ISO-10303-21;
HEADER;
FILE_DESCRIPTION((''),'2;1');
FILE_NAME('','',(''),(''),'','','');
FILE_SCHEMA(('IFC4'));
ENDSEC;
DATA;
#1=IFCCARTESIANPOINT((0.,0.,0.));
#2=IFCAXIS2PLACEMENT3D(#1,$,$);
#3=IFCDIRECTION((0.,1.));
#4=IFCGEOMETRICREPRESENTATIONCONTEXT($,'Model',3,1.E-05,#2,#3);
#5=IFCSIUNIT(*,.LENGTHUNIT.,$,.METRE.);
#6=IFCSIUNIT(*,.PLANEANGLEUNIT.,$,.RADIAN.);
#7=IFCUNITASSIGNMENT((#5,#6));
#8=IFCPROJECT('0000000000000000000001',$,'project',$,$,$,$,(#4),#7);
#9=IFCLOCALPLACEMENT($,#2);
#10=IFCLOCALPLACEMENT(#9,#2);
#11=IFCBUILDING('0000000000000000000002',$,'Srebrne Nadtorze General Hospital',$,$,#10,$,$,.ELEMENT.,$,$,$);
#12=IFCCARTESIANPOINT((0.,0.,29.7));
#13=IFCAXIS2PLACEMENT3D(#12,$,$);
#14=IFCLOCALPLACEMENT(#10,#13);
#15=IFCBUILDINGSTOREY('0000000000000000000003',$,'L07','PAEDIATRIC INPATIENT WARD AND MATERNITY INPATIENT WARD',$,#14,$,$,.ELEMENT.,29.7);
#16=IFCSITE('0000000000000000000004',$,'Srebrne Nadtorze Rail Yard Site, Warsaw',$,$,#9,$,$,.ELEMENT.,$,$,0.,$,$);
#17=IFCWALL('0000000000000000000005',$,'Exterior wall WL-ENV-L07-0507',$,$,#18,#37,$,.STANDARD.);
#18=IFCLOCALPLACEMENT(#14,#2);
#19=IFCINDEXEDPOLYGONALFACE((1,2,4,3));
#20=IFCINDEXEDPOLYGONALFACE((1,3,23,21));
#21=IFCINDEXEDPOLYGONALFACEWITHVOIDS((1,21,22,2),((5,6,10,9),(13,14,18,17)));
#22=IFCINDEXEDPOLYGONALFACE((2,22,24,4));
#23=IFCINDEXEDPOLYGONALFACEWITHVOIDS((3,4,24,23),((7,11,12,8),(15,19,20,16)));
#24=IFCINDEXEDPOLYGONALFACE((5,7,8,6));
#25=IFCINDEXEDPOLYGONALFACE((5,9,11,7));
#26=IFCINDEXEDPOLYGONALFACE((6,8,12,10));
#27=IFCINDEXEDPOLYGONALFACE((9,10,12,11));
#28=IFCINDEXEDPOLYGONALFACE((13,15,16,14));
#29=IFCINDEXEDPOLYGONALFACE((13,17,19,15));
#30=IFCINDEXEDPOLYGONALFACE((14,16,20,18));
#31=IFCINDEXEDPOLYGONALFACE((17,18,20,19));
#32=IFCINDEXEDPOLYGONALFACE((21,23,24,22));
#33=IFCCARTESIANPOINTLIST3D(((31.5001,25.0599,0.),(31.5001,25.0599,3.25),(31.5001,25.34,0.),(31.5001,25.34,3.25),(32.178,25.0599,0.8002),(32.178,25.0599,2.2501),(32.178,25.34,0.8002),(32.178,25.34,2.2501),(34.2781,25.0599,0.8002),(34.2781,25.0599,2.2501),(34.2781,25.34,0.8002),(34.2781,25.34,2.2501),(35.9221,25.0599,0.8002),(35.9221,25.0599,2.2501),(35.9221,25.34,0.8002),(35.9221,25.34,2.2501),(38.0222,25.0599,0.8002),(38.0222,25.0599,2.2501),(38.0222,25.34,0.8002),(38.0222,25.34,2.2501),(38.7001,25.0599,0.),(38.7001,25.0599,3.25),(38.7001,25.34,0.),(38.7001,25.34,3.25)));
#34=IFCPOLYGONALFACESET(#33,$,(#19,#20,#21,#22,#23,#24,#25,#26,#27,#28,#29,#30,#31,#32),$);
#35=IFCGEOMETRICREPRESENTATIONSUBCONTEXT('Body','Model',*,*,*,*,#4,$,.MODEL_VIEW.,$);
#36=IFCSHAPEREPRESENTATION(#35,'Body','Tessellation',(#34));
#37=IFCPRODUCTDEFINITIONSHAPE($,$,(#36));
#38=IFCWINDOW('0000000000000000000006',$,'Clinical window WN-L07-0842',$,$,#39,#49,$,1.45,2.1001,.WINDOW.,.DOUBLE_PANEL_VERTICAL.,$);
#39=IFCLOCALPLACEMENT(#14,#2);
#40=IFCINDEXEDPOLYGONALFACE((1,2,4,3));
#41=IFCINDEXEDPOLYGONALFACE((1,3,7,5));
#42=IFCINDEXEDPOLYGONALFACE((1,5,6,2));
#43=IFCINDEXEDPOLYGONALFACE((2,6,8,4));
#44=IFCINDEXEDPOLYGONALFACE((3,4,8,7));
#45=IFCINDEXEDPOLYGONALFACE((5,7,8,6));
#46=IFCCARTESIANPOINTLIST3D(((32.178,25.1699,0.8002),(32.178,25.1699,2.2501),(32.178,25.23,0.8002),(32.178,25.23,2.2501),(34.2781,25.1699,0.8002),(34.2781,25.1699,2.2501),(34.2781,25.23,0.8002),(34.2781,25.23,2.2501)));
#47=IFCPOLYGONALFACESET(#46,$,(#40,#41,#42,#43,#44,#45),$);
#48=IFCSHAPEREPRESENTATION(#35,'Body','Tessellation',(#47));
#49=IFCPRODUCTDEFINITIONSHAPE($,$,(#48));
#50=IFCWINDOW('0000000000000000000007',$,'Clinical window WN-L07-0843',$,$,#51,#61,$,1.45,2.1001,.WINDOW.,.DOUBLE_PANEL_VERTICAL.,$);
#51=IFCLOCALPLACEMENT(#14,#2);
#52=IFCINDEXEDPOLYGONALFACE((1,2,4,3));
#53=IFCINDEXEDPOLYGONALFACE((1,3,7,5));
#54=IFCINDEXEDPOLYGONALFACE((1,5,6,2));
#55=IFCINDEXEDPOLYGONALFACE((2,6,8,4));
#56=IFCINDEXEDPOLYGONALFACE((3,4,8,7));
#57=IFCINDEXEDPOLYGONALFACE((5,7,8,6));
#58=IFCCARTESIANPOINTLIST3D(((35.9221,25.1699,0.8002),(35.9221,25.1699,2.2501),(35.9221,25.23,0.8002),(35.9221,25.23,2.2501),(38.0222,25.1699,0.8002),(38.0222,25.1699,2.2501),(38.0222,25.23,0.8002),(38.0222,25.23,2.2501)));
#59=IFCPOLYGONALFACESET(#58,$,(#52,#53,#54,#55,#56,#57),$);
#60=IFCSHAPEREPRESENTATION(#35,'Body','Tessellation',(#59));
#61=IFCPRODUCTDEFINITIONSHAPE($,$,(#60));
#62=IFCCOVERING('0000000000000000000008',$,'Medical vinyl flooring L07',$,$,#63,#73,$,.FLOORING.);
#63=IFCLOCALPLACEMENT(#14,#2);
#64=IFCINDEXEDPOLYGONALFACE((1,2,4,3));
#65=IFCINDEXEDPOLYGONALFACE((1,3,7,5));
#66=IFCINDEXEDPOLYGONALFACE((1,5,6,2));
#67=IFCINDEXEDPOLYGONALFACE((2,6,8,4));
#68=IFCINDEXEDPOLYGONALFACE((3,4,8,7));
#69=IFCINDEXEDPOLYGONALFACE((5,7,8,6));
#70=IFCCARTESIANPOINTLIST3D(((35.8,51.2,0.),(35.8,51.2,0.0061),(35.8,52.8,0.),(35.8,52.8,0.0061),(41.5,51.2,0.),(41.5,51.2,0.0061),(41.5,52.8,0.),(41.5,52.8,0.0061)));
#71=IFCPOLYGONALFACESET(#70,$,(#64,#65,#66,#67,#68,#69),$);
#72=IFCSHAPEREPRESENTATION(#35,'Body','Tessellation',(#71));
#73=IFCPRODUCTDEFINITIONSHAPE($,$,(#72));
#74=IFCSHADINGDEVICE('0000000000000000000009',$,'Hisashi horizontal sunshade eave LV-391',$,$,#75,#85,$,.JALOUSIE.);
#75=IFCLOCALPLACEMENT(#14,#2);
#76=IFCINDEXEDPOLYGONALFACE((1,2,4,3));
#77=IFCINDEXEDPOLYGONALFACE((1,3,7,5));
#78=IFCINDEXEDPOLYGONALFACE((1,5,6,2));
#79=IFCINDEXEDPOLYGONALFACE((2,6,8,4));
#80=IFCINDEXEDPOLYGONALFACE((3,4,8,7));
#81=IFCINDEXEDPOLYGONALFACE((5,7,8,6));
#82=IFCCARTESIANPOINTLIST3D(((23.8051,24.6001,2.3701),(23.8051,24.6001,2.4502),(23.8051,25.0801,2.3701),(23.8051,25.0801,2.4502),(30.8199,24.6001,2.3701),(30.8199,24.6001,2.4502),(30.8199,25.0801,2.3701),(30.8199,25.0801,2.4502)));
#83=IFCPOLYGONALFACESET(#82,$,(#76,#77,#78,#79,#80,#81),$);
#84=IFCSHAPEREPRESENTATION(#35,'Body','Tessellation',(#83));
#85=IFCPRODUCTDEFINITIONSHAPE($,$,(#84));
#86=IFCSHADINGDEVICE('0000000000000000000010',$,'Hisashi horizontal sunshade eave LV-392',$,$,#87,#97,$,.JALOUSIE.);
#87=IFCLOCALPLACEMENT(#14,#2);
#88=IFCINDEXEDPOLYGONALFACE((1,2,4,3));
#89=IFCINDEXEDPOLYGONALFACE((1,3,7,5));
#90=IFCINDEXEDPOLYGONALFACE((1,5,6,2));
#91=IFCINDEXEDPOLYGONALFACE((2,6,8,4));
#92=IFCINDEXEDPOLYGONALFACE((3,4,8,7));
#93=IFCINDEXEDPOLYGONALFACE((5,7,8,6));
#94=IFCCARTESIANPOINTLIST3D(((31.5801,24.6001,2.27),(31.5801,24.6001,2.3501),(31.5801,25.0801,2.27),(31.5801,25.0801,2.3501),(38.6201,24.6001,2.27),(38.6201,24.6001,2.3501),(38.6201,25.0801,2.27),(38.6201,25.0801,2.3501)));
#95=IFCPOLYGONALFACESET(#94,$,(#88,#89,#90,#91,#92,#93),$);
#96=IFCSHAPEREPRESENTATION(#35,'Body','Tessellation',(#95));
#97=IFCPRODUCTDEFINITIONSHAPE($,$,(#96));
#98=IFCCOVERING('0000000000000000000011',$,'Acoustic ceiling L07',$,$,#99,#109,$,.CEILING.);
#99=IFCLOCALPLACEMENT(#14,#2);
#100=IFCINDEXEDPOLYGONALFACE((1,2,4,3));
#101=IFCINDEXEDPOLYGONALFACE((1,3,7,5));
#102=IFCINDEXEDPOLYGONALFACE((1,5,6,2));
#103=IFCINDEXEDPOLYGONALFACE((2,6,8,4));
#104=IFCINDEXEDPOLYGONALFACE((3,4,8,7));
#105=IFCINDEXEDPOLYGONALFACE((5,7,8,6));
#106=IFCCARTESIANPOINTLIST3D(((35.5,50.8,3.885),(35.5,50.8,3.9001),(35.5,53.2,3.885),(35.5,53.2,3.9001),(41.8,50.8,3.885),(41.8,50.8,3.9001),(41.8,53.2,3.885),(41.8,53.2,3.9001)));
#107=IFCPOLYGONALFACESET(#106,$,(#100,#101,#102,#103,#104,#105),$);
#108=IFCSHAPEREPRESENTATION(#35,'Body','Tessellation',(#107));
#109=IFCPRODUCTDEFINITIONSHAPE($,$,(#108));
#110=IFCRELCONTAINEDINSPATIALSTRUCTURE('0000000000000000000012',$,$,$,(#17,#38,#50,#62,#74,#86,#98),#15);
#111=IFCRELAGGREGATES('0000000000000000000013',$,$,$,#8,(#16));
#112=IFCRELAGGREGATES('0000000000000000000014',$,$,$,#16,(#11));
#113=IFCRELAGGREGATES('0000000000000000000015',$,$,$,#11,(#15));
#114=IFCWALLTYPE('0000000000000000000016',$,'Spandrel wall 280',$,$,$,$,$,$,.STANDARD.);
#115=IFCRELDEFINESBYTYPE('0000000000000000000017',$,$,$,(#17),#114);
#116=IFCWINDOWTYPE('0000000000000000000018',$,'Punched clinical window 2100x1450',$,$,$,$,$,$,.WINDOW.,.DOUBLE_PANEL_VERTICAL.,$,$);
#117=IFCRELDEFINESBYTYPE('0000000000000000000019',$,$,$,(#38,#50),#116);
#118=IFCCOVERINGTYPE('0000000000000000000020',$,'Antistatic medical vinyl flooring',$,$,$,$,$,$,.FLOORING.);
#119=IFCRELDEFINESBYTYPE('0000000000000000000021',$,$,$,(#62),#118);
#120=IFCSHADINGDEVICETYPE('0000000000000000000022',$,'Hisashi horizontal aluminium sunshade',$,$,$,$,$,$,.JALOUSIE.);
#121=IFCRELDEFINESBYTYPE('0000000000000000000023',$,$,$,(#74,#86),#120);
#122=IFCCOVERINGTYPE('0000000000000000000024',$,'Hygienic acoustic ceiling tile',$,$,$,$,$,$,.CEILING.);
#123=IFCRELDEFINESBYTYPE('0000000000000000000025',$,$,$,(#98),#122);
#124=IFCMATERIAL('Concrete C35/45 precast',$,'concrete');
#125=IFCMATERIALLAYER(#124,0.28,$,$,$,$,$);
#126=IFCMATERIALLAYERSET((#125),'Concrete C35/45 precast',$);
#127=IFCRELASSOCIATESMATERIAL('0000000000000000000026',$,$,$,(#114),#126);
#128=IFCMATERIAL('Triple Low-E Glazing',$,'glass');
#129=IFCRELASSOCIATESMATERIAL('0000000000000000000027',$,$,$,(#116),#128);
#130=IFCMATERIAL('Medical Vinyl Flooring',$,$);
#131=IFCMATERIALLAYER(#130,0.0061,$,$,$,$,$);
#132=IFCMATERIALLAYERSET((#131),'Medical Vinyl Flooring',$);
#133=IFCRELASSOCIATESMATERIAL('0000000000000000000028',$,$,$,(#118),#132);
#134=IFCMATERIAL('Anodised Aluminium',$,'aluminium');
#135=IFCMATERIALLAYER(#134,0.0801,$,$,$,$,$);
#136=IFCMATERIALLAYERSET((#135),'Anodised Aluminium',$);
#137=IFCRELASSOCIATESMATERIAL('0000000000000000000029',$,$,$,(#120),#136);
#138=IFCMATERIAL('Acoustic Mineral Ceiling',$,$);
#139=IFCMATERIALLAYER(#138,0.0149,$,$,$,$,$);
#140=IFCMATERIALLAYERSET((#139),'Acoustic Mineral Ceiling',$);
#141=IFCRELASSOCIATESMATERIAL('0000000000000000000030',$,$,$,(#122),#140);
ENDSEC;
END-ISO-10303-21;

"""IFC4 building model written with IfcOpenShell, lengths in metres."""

from ifc_helpers import new_model, si_unit, direction, frame, frame_2d, origin, origin_2d, place, context, subcontext, project, spatial, polyline, rectangle, outline, extrude, material, layer, layer_set, type_object, element, fill, save


model = new_model("IFC4")

# Units and contexts
model_context = context("Model", 3, precision=1e-05, world=origin(), true_north=direction((0.0, 1.0)))
body_context = subcontext(model_context, "Body", "Model", "MODEL_VIEW")
ifc_project = project(units=[si_unit("LENGTHUNIT", "METRE"), si_unit("PLANEANGLEUNIT", "RADIAN")], contexts=[model_context])

# Site, building, storey
site_placement = place(None, origin())
site = spatial("IfcSite", under=ifc_project, at=site_placement, Name="Srebrne Nadtorze Rail Yard Site, Warsaw", CompositionType="ELEMENT", RefElevation=0.0)
building_placement = place(site_placement, origin())
building = spatial("IfcBuilding", under=site, at=building_placement, Name="Srebrne Nadtorze General Hospital", CompositionType="ELEMENT")
storey_placement = place(building_placement, frame((0.0, 0.0, 29.7)))
storey = spatial("IfcBuildingStorey", under=building, at=storey_placement, Name="L07", Description="PAEDIATRIC INPATIENT WARD AND MATERNITY INPATIENT WARD", CompositionType="ELEMENT", Elevation=29.7)

# Wall, openings, windows
ifc_material_1 = material(Name="Concrete C35/45 precast", Category="concrete")
ifc_layer_1 = layer(ifc_material_1, 0.28)
ifc_layer_set_1 = layer_set([ifc_layer_1], Name="Concrete C35/45 precast")
wall_type = type_object("IfcWallType", Name="Spandrel wall 280", PredefinedType="STANDARD", material=ifc_layer_set_1)
wall_1_placement = place(storey_placement, frame((31.5, 25.2, 0.0), z_axis=(0.0, 0.0, 1.0), x_axis=(1.0, 0.0, 0.0)))
wall_1 = element("IfcWall", 1, at=wall_1_placement, inside=storey, type_object=wall_type, Name="Exterior wall WL-ENV-L07-0507", PredefinedType="STANDARD", context=body_context, shape_type="SweptSolid", body=[
    extrude(rectangle(XDim=7.2, YDim=0.28, at=frame_2d((3.6001, 0.0))), origin(), (0.0, 0.0, 1.0), 3.25),
])
opening_1_placement = place(wall_1_placement, frame((0.678, 0.0, 0.8)))
opening_1 = element("IfcOpeningElement", 2, at=opening_1_placement, cuts=wall_1, PredefinedType="OPENING", context=body_context, shape_type="SweptSolid", body=[
    extrude(rectangle(XDim=2.1001, YDim=1.45, at=frame_2d((1.05, 0.7251))), frame((0.0, 0.1519, 0.0), z_axis=(0.0, -1.0, 0.0), x_axis=(1.0, 0.0, 0.0)), (0.0, 0.0, 1.0), 0.304),
])
opening_2_placement = place(wall_1_placement, frame((4.4221, 0.0, 0.8)))
opening_2 = element("IfcOpeningElement", 3, at=opening_2_placement, cuts=wall_1, PredefinedType="OPENING", context=body_context, shape_type="SweptSolid", body=[
    extrude(rectangle(XDim=2.1001, YDim=1.45, at=frame_2d((1.05, 0.7251))), frame((0.0, 0.1519, 0.0), z_axis=(0.0, -1.0, 0.0), x_axis=(1.0, 0.0, 0.0)), (0.0, 0.0, 1.0), 0.304),
])
ifc_material_2 = material(Name="Triple Low-E Glazing", Category="glass")
window_type_1 = type_object("IfcWindowType", Name="Punched clinical window 2100x1450", PartitioningType="DOUBLE_PANEL_VERTICAL", PredefinedType="WINDOW", material=ifc_material_2)
window_1_placement = place(opening_1_placement, origin())
window_1 = element("IfcWindow", 4, at=window_1_placement, inside=storey, type_object=window_type_1, Name="Clinical window WN-L07-0842", OverallHeight=1.45, OverallWidth=2.1001, PartitioningType="DOUBLE_PANEL_VERTICAL", PredefinedType="WINDOW", context=body_context, shape_type="SweptSolid", body=[
    extrude(rectangle(XDim=2.1001, YDim=1.45, at=frame_2d((1.05, 0.7251))), frame((0.0, 0.03, 0.0), z_axis=(0.0, -1.0, 0.0), x_axis=(1.0, 0.0, 0.0)), (0.0, 0.0, 1.0), 0.0601),
])
fill(opening_1, window_1)
window_2_placement = place(opening_2_placement, origin())
window_2 = element("IfcWindow", 5, at=window_2_placement, inside=storey, type_object=window_type_1, Name="Clinical window WN-L07-0843", OverallHeight=1.45, OverallWidth=2.1001, PartitioningType="DOUBLE_PANEL_VERTICAL", PredefinedType="WINDOW", context=body_context, shape_type="SweptSolid", body=[
    extrude(rectangle(XDim=2.1001, YDim=1.45, at=frame_2d((1.05, 0.7251))), frame((0.0, 0.03, 0.0), z_axis=(0.0, -1.0, 0.0), x_axis=(1.0, 0.0, 0.0)), (0.0, 0.0, 1.0), 0.0601),
])
fill(opening_2, window_2)

# Covering
ifc_material_3 = material(Name="Medical Vinyl Flooring")
ifc_layer_2 = layer(ifc_material_3, 0.0061)
ifc_layer_set_2 = layer_set([ifc_layer_2], Name="Medical Vinyl Flooring")
covering_type_1 = type_object("IfcCoveringType", Name="Antistatic medical vinyl flooring", PredefinedType="FLOORING", material=ifc_layer_set_2)
covering_1_placement = place(storey_placement, origin())
element("IfcCovering", 6, at=covering_1_placement, inside=storey, type_object=covering_type_1, Name="Medical vinyl flooring L07", PredefinedType="FLOORING", context=body_context, shape_type="SweptSolid", body=[
    extrude(outline(polyline([(35.8, 51.2), (41.5, 51.2), (41.5, 52.8), (35.8, 52.8), (35.8, 51.2)])), origin(), (0.0, 0.0, 1.0), 0.0061),
])

# Shading devices
ifc_material_4 = material(Name="Anodised Aluminium", Category="aluminium")
ifc_layer_3 = layer(ifc_material_4, 0.0801)
ifc_layer_set_3 = layer_set([ifc_layer_3], Name="Anodised Aluminium")
shading_device_type = type_object("IfcShadingDeviceType", Name="Hisashi horizontal aluminium sunshade", PredefinedType="JALOUSIE", material=ifc_layer_set_3)
shading_device_1_placement = place(storey_placement, frame((27.3125, 24.8401, 2.3701), z_axis=(0.0, 0.0, 1.0), x_axis=(1.0, 0.0, 0.0)))
element("IfcShadingDevice", 7, at=shading_device_1_placement, inside=storey, type_object=shading_device_type, Name="Hisashi horizontal sunshade eave LV-391", PredefinedType="JALOUSIE", context=body_context, shape_type="SweptSolid", body=[
    extrude(rectangle(XDim=7.0149, YDim=0.48, at=origin_2d()), origin(), (0.0, 0.0, 1.0), 0.0801),
])
shading_device_2_placement = place(storey_placement, frame((35.1001, 24.8401, 2.27), z_axis=(0.0, 0.0, 1.0), x_axis=(1.0, 0.0, 0.0)))
element("IfcShadingDevice", 8, at=shading_device_2_placement, inside=storey, type_object=shading_device_type, Name="Hisashi horizontal sunshade eave LV-392", PredefinedType="JALOUSIE", context=body_context, shape_type="SweptSolid", body=[
    extrude(rectangle(XDim=7.04, YDim=0.48, at=origin_2d()), origin(), (0.0, 0.0, 1.0), 0.0801),
])

# Covering
ifc_material_5 = material(Name="Acoustic Mineral Ceiling")
ifc_layer_4 = layer(ifc_material_5, 0.0149)
ifc_layer_set_4 = layer_set([ifc_layer_4], Name="Acoustic Mineral Ceiling")
covering_type_2 = type_object("IfcCoveringType", Name="Hygienic acoustic ceiling tile", PredefinedType="CEILING", material=ifc_layer_set_4)
covering_2_placement = place(storey_placement, frame((0.0, 0.0, 3.885)))
element("IfcCovering", 9, at=covering_2_placement, inside=storey, type_object=covering_type_2, Name="Acoustic ceiling L07", PredefinedType="CEILING", context=body_context, shape_type="SweptSolid", body=[
    extrude(outline(polyline([(35.5, 50.8), (41.8, 50.8), (41.8, 53.2), (35.5, 53.2), (35.5, 50.8)])), origin(), (0.0, 0.0, 1.0), 0.0151),
])

save(model, "model.ifc")
